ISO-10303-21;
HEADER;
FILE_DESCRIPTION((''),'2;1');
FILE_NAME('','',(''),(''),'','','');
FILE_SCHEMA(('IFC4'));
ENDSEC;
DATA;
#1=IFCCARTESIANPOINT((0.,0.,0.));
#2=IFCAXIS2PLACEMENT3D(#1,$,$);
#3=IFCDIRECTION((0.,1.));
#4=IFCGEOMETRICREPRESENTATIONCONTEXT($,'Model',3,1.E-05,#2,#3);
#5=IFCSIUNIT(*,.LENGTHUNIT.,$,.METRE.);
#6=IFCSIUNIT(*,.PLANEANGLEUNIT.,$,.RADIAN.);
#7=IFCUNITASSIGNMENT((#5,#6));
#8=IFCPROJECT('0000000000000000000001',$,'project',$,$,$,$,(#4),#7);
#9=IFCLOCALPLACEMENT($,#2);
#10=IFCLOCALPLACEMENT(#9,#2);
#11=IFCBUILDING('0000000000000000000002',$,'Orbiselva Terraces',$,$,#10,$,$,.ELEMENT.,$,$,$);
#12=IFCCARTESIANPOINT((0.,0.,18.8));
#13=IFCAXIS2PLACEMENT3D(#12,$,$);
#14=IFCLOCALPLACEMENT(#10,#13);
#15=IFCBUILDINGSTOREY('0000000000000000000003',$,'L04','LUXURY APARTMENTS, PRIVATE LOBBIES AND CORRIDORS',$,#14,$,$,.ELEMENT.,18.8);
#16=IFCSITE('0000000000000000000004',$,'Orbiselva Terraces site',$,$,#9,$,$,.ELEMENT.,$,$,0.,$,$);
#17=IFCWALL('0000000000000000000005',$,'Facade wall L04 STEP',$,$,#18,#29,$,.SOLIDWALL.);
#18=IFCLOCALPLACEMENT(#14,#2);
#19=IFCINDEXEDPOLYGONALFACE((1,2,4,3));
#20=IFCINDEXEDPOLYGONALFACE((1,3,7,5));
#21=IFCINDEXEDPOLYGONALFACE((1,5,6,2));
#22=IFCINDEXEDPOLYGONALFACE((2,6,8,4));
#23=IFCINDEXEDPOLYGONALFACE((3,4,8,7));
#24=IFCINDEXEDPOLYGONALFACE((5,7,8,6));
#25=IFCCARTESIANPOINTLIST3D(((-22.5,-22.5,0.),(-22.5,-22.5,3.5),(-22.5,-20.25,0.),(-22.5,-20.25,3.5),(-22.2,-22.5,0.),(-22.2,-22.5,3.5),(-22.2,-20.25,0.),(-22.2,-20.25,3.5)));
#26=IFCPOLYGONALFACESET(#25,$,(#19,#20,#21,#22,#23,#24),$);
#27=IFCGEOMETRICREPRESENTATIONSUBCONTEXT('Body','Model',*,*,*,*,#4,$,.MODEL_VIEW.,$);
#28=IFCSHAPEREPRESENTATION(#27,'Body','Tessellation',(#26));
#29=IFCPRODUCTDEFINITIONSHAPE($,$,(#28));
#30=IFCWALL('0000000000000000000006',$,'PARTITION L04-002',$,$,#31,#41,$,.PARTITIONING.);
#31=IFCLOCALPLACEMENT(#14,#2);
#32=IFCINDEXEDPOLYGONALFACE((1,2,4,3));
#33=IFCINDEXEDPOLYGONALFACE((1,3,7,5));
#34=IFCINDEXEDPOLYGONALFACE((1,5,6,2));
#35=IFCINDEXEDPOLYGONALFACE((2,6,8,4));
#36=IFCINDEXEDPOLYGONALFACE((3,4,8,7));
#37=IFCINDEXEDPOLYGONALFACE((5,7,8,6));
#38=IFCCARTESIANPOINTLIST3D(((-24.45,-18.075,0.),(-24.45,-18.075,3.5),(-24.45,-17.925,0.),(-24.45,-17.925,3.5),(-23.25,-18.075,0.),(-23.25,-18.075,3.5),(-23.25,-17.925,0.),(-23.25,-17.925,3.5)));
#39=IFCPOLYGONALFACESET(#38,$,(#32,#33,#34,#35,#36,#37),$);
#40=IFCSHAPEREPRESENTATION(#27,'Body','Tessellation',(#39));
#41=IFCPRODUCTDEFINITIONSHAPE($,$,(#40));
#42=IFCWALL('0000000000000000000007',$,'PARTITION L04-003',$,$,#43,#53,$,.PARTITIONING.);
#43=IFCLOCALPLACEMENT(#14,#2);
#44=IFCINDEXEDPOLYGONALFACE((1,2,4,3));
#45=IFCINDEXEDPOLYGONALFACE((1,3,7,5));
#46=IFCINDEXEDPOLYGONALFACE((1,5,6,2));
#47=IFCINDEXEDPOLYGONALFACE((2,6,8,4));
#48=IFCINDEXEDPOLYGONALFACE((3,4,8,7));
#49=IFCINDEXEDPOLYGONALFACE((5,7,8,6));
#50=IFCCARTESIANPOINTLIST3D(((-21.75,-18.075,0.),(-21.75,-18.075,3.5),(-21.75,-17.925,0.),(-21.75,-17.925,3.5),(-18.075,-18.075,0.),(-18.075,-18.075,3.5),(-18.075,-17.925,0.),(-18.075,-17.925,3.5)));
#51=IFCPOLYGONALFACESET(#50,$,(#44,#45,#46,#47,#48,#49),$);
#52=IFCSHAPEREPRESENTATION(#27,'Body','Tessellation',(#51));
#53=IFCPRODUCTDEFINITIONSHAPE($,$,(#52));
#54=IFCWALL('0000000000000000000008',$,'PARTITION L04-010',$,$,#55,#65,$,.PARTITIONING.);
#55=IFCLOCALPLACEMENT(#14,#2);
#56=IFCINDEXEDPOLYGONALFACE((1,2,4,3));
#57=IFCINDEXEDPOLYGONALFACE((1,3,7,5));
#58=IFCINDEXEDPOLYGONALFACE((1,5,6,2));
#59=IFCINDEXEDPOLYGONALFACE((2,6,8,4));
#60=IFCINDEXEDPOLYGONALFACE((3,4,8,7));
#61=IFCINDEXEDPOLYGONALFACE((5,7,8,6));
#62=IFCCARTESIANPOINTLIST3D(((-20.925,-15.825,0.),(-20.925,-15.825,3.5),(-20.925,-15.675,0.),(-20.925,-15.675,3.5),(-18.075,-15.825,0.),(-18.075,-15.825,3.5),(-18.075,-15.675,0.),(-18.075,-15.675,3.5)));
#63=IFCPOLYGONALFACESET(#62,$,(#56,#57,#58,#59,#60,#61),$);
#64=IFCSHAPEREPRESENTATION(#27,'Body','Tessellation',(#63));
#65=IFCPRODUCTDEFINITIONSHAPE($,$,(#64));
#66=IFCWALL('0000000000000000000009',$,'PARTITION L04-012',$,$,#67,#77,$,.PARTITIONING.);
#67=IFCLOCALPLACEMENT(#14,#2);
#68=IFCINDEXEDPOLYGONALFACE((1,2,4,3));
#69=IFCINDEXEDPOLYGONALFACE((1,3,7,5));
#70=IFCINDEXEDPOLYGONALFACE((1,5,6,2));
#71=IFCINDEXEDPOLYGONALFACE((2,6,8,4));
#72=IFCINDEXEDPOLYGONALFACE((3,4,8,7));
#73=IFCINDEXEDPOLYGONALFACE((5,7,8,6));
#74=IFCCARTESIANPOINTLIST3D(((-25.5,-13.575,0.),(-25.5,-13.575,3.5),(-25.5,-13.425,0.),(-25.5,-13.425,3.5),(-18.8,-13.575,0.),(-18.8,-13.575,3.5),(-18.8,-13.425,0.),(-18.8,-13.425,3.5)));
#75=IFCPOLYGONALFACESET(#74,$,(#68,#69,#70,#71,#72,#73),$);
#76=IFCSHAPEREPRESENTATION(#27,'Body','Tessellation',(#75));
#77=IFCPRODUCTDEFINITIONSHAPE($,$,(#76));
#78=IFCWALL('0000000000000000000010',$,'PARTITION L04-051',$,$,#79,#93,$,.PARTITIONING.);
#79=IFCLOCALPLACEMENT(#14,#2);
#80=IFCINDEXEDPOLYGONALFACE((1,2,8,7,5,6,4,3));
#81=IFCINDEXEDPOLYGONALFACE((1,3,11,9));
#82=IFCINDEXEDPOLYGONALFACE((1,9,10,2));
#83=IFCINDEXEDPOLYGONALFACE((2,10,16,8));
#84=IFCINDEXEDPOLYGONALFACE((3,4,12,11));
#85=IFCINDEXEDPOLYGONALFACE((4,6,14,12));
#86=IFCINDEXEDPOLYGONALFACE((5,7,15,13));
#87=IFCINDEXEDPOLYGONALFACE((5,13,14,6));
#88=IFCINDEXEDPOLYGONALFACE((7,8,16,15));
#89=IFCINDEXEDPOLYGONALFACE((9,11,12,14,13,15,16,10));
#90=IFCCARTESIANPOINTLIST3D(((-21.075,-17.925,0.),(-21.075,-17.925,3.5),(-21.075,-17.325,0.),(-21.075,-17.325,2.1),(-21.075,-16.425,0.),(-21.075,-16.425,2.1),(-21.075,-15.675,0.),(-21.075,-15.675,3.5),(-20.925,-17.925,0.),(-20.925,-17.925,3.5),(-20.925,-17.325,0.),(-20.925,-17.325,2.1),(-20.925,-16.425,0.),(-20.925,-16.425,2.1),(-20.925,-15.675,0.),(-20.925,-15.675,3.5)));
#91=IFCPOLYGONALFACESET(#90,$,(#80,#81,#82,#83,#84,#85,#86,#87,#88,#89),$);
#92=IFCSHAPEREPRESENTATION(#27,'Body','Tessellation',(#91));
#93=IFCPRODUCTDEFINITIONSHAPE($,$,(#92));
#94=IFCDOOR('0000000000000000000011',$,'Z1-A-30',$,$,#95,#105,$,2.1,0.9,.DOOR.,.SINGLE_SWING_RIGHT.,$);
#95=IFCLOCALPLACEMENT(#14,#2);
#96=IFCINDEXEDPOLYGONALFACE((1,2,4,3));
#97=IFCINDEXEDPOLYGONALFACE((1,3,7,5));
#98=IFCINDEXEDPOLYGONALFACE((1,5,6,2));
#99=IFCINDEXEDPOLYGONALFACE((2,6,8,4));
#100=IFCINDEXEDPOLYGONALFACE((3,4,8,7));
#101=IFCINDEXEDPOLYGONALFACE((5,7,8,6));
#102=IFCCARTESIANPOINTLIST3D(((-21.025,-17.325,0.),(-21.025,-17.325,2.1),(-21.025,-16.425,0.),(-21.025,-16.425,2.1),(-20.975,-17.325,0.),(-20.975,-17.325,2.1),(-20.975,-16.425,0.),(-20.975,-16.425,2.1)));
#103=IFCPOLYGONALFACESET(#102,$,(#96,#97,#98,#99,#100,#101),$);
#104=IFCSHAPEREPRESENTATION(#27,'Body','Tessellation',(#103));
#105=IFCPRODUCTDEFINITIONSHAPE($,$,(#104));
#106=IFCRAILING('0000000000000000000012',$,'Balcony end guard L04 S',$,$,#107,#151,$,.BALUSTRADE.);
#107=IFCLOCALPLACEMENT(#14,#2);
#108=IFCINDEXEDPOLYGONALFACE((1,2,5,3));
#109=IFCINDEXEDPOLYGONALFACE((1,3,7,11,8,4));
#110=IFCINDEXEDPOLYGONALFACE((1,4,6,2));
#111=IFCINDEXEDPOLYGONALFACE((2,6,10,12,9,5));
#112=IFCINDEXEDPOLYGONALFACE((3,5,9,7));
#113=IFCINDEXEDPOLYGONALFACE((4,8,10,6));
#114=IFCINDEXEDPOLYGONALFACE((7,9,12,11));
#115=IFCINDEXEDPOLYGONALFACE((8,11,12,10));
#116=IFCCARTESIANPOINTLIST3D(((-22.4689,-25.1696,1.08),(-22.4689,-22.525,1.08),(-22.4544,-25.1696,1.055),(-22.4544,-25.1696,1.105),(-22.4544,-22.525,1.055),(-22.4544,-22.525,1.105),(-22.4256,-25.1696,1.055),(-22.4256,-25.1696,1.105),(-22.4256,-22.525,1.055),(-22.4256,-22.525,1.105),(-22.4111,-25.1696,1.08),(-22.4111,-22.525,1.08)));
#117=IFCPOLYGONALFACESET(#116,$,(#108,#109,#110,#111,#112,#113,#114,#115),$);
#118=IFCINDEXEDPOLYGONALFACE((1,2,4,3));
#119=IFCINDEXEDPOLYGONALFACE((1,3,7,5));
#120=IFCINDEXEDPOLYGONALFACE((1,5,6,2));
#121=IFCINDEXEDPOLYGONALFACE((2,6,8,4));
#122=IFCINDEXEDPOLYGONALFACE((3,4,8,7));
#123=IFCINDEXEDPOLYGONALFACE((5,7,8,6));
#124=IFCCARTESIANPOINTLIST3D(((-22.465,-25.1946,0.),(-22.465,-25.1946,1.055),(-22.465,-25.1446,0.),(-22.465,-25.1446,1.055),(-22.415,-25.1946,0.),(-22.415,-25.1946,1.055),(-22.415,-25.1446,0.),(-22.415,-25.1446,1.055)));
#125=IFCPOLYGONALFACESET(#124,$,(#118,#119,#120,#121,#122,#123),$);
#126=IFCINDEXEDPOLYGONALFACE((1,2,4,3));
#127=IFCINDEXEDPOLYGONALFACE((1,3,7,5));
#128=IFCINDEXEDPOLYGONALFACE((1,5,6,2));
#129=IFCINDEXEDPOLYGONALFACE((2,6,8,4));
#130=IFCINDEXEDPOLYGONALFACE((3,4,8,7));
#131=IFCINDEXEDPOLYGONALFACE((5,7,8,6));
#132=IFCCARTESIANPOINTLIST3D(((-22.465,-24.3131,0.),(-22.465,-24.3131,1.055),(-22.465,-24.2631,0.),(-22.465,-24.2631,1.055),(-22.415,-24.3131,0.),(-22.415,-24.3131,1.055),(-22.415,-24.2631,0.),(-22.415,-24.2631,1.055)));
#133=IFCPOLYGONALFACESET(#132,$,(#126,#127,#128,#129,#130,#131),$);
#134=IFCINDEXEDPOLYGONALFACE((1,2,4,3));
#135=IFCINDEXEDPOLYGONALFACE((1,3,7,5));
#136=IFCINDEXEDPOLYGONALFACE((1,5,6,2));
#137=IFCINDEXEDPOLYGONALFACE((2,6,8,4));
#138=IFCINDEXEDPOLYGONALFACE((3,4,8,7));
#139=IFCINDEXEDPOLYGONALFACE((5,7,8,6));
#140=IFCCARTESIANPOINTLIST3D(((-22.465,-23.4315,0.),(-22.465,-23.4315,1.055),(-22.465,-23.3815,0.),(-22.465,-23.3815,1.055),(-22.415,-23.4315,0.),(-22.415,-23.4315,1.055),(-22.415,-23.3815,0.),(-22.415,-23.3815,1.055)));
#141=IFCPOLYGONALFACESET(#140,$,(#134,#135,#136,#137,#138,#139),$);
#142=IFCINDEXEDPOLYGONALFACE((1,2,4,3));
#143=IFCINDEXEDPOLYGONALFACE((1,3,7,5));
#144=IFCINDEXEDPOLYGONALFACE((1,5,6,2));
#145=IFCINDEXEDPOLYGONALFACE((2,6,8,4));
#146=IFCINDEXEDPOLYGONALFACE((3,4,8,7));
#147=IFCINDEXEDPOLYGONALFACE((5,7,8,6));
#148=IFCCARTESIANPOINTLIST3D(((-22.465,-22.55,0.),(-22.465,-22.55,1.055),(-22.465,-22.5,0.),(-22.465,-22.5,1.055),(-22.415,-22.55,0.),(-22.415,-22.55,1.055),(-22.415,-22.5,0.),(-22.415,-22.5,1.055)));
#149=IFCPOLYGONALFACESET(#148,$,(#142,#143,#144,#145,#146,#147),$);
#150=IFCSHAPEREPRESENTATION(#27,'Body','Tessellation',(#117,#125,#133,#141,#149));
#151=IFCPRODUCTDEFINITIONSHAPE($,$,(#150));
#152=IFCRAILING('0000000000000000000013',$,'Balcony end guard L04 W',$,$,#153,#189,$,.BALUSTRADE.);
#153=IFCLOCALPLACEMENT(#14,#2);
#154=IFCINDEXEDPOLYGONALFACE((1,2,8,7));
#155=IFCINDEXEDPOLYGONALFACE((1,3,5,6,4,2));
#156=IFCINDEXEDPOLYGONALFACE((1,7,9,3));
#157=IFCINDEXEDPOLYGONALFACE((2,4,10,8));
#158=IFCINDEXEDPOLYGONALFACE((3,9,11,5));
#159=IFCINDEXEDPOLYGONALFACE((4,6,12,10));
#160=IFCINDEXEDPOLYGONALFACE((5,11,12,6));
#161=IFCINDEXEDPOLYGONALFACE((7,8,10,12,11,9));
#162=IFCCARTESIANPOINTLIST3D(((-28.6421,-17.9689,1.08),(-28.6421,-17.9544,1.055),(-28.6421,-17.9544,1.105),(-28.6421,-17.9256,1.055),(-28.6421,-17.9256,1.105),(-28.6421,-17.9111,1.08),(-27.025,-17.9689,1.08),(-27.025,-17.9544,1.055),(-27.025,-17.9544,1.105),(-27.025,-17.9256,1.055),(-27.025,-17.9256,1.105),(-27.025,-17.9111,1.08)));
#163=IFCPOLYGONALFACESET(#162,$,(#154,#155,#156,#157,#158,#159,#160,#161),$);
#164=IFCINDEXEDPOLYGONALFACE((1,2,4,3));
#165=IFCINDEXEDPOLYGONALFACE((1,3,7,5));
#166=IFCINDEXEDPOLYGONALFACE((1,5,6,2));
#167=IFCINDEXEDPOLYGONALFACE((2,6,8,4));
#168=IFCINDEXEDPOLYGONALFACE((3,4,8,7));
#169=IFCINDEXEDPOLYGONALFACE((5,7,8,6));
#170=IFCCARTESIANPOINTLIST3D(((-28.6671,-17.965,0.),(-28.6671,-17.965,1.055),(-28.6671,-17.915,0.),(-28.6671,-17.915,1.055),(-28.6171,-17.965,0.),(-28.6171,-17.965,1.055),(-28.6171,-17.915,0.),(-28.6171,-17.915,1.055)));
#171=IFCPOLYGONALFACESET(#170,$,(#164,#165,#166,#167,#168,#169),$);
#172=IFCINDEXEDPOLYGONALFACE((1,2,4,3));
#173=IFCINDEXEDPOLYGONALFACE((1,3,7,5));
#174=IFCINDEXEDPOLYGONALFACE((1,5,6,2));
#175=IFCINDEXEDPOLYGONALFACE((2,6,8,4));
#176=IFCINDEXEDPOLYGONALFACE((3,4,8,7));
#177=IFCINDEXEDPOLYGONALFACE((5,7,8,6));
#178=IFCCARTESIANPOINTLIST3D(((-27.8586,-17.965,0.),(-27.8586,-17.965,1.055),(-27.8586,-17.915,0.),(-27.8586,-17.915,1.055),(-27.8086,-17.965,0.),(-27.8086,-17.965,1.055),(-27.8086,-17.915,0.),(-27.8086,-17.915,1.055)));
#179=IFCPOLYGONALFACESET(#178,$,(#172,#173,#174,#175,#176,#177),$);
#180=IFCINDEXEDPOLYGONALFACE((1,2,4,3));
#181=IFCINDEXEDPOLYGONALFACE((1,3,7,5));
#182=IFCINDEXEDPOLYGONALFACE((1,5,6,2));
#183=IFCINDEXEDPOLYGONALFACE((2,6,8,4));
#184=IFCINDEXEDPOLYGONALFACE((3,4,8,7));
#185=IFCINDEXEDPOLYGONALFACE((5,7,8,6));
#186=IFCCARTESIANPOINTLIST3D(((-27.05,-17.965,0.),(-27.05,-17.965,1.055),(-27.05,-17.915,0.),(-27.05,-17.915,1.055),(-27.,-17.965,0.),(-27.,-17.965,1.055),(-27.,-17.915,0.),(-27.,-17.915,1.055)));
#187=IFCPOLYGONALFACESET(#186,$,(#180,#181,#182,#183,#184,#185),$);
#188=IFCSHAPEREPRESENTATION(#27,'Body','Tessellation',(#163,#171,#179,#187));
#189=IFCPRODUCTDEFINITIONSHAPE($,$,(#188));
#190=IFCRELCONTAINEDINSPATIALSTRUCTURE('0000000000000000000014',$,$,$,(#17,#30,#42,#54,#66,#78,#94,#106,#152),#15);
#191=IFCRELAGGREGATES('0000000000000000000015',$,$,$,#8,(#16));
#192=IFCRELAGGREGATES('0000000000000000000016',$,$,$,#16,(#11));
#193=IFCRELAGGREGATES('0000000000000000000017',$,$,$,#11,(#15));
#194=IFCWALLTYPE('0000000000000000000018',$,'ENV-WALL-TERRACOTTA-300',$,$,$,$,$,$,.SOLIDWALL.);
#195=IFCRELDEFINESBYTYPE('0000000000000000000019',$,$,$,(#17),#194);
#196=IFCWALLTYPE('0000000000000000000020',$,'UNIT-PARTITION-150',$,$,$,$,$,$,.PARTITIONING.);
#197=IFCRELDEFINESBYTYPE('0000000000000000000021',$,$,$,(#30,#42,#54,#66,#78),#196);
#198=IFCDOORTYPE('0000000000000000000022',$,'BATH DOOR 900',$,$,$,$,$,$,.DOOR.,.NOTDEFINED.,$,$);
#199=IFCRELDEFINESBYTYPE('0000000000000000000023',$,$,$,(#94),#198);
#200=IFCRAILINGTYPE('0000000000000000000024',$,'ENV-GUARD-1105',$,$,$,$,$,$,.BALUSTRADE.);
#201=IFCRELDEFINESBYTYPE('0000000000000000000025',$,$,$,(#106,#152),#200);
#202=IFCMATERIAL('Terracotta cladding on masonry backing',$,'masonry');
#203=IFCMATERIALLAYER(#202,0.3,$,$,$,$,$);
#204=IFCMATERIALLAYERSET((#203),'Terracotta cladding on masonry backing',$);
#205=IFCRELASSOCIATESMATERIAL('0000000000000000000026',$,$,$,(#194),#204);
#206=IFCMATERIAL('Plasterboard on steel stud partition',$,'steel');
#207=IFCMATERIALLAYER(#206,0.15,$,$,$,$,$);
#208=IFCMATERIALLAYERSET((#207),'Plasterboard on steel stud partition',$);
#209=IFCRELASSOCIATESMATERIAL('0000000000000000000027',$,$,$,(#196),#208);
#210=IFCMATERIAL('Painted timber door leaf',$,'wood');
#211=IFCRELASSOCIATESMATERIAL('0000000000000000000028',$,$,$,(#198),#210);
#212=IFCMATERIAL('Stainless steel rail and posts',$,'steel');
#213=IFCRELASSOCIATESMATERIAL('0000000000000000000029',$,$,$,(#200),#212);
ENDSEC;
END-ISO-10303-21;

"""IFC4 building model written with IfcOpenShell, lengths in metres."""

from ifc_helpers import new_model, si_unit, direction, frame, frame_2d, origin, origin_2d, place, context, subcontext, project, spatial, polyline, rectangle, outline, extrude, material, layer, layer_set, type_object, element, fill, save


model = new_model("IFC4")

# Units and contexts
model_context = context("Model", 3, precision=1e-05, world=origin(), true_north=direction((0.0, 1.0)))
body_context = subcontext(model_context, "Body", "Model", "MODEL_VIEW")
ifc_project = project(units=[si_unit("LENGTHUNIT", "METRE"), si_unit("PLANEANGLEUNIT", "RADIAN")], contexts=[model_context])

# Site, building, storey
site_placement = place(None, origin())
site = spatial("IfcSite", under=ifc_project, at=site_placement, Name="Orbiselva Terraces site", CompositionType="ELEMENT", RefElevation=0.0)
building_placement = place(site_placement, origin())
building = spatial("IfcBuilding", under=site, at=building_placement, Name="Orbiselva Terraces", CompositionType="ELEMENT")
storey_placement = place(building_placement, frame((0.0, 0.0, 18.8)))
storey = spatial("IfcBuildingStorey", under=building, at=storey_placement, Name="L04", Description="LUXURY APARTMENTS, PRIVATE LOBBIES AND CORRIDORS", CompositionType="ELEMENT", Elevation=18.8)

# Shared definitions
ifc_material_1 = material(Name="Terracotta cladding on masonry backing", Category="masonry")
ifc_layer_1 = layer(ifc_material_1, 0.3)
ifc_layer_set_1 = layer_set([ifc_layer_1], Name="Terracotta cladding on masonry backing")
wall_type_1 = type_object("IfcWallType", Name="ENV-WALL-TERRACOTTA-300", PredefinedType="SOLIDWALL", material=ifc_layer_set_1)

# Walls
wall_1_placement = place(storey_placement, frame((-22.35, -22.5, 0.0), z_axis=(0.0, 0.0, 1.0), x_axis=(0.0, 1.0, 0.0)))
element("IfcWall", 1, at=wall_1_placement, inside=storey, type_object=wall_type_1, Name="Facade wall L04 STEP", PredefinedType="SOLIDWALL", context=body_context, shape_type="SweptSolid", body=[
    extrude(rectangle(XDim=2.25, YDim=0.3, at=frame_2d((1.125, 0.0))), origin(), (0.0, 0.0, 1.0), 3.5),
])
ifc_material_2 = material(Name="Plasterboard on steel stud partition", Category="steel")
ifc_layer_2 = layer(ifc_material_2, 0.15)
ifc_layer_set_2 = layer_set([ifc_layer_2], Name="Plasterboard on steel stud partition")
wall_type_2 = type_object("IfcWallType", Name="UNIT-PARTITION-150", PredefinedType="PARTITIONING", material=ifc_layer_set_2)
wall_2_placement = place(storey_placement, frame((-24.45, -18.0, 0.0), z_axis=(0.0, 0.0, 1.0), x_axis=(1.0, 0.0, 0.0)))
element("IfcWall", 2, at=wall_2_placement, inside=storey, type_object=wall_type_2, Name="PARTITION L04-002", PredefinedType="PARTITIONING", context=body_context, shape_type="SweptSolid", body=[
    extrude(rectangle(XDim=1.2, YDim=0.15, at=frame_2d((0.6, 0.0))), origin(), (0.0, 0.0, 1.0), 3.5),
])
wall_3_placement = place(storey_placement, frame((-21.75, -18.0, 0.0), z_axis=(0.0, 0.0, 1.0), x_axis=(1.0, 0.0, 0.0)))
element("IfcWall", 3, at=wall_3_placement, inside=storey, type_object=wall_type_2, Name="PARTITION L04-003", PredefinedType="PARTITIONING", context=body_context, shape_type="SweptSolid", body=[
    extrude(rectangle(XDim=3.675, YDim=0.15, at=frame_2d((1.8375, 0.0))), origin(), (0.0, 0.0, 1.0), 3.5),
])
wall_4_placement = place(storey_placement, frame((-20.925, -15.75, 0.0), z_axis=(0.0, 0.0, 1.0), x_axis=(1.0, 0.0, 0.0)))
element("IfcWall", 4, at=wall_4_placement, inside=storey, type_object=wall_type_2, Name="PARTITION L04-010", PredefinedType="PARTITIONING", context=body_context, shape_type="SweptSolid", body=[
    extrude(rectangle(XDim=2.85, YDim=0.15, at=frame_2d((1.425, 0.0))), origin(), (0.0, 0.0, 1.0), 3.5),
])
wall_5_placement = place(storey_placement, frame((-25.5, -13.5, 0.0), z_axis=(0.0, 0.0, 1.0), x_axis=(1.0, 0.0, 0.0)))
element("IfcWall", 5, at=wall_5_placement, inside=storey, type_object=wall_type_2, Name="PARTITION L04-012", PredefinedType="PARTITIONING", context=body_context, shape_type="SweptSolid", body=[
    extrude(rectangle(XDim=6.7, YDim=0.15, at=frame_2d((3.35, 0.0))), origin(), (0.0, 0.0, 1.0), 3.5),
])

# Wall, opening, door
wall_6_placement = place(storey_placement, frame((-21.0, -15.675, 0.0), z_axis=(0.0, 0.0, 1.0), x_axis=(0.0, -1.0, 0.0)))
wall_6 = element("IfcWall", 6, at=wall_6_placement, inside=storey, type_object=wall_type_2, Name="PARTITION L04-051", PredefinedType="PARTITIONING", context=body_context, shape_type="SweptSolid", body=[
    extrude(rectangle(XDim=2.25, YDim=0.15, at=frame_2d((1.125, 0.0))), origin(), (0.0, 0.0, 1.0), 3.5),
])
opening_1_placement = place(wall_6_placement, frame((0.75, 0.0, 0.0)))
opening_1 = element("IfcOpeningElement", 7, at=opening_1_placement, cuts=wall_6, PredefinedType="OPENING", context=body_context, shape_type="SweptSolid", body=[
    extrude(rectangle(XDim=0.9, YDim=2.1, at=frame_2d((0.45, 1.05))), frame((0.0, 0.085, 0.0), z_axis=(0.0, -1.0, 0.0), x_axis=(1.0, 0.0, 0.0)), (0.0, 0.0, 1.0), 0.17),
])
ifc_material_3 = material(Name="Painted timber door leaf", Category="wood")
door_type_1 = type_object("IfcDoorType", Name="BATH DOOR 900", OperationType="NOTDEFINED", PredefinedType="DOOR", material=ifc_material_3)
door_1_placement = place(opening_1_placement, origin())
door_1 = element("IfcDoor", 8, at=door_1_placement, inside=storey, type_object=door_type_1, Name="Z1-A-30", OperationType="SINGLE_SWING_RIGHT", OverallHeight=2.1, OverallWidth=0.9, PredefinedType="DOOR", context=body_context, shape_type="SweptSolid", body=[
    extrude(rectangle(XDim=0.9, YDim=2.1, at=frame_2d((0.45, 1.05))), frame((0.0, 0.025, 0.0), z_axis=(0.0, -1.0, 0.0), x_axis=(1.0, 0.0, 0.0)), (0.0, 0.0, 1.0), 0.05),
])
fill(opening_1, door_1)

# Railings
ifc_material_4 = material(Name="Stainless steel rail and posts", Category="steel")
railing_type_1 = type_object("IfcRailingType", Name="ENV-GUARD-1105", PredefinedType="BALUSTRADE", material=ifc_material_4)
railing_1_placement = place(storey_placement, frame((-22.44, -25.1696, 0.0)))
element("IfcRailing", 9, at=railing_1_placement, inside=storey, type_object=railing_type_1, Name="Balcony end guard L04 S", PredefinedType="BALUSTRADE", context=body_context, shape_type="SweptSolid", body=[
    extrude(outline(polyline([(0.0289, 0.0), (0.0144, 0.025), (-0.0144, 0.025), (-0.0289, 0.0), (-0.0144, -0.025), (0.0144, -0.025), (0.0289, 0.0)])), frame((0.0, 0.0, 1.08), z_axis=(0.0, 1.0, 0.0), x_axis=(-1.0, 0.0, 0.0)), (0.0, 0.0, 1.0), 2.6446),
    extrude(rectangle(XDim=0.05, YDim=0.05, at=origin_2d()), origin(), (0.0, 0.0, 1.0), 1.055),
    extrude(rectangle(XDim=0.05, YDim=0.05, at=origin_2d()), frame((0.0, 0.8815, 0.0)), (0.0, 0.0, 1.0), 1.055),
    extrude(rectangle(XDim=0.05, YDim=0.05, at=origin_2d()), frame((0.0, 1.7631, 0.0)), (0.0, 0.0, 1.0), 1.055),
    extrude(rectangle(XDim=0.05, YDim=0.05, at=origin_2d()), frame((0.0, 2.6446, 0.0)), (0.0, 0.0, 1.0), 1.055),
])
railing_2_placement = place(storey_placement, frame((-28.6421, -17.94, 0.0)))
element("IfcRailing", 10, at=railing_2_placement, inside=storey, type_object=railing_type_1, Name="Balcony end guard L04 W", PredefinedType="BALUSTRADE", context=body_context, shape_type="SweptSolid", body=[
    extrude(outline(polyline([(0.0289, 0.0), (0.0144, 0.025), (-0.0144, 0.025), (-0.0289, 0.0), (-0.0144, -0.025), (0.0144, -0.025), (0.0289, 0.0)])), frame((0.0, 0.0, 1.08), z_axis=(1.0, 0.0, 0.0), x_axis=(0.0, 1.0, 0.0)), (0.0, 0.0, 1.0), 1.6171),
    extrude(rectangle(XDim=0.05, YDim=0.05, at=origin_2d()), origin(), (0.0, 0.0, 1.0), 1.055),
    extrude(rectangle(XDim=0.05, YDim=0.05, at=origin_2d()), frame((0.8086, 0.0, 0.0)), (0.0, 0.0, 1.0), 1.055),
    extrude(rectangle(XDim=0.05, YDim=0.05, at=origin_2d()), frame((1.6171, 0.0, 0.0)), (0.0, 0.0, 1.0), 1.055),
])

save(model, "model.ifc")
